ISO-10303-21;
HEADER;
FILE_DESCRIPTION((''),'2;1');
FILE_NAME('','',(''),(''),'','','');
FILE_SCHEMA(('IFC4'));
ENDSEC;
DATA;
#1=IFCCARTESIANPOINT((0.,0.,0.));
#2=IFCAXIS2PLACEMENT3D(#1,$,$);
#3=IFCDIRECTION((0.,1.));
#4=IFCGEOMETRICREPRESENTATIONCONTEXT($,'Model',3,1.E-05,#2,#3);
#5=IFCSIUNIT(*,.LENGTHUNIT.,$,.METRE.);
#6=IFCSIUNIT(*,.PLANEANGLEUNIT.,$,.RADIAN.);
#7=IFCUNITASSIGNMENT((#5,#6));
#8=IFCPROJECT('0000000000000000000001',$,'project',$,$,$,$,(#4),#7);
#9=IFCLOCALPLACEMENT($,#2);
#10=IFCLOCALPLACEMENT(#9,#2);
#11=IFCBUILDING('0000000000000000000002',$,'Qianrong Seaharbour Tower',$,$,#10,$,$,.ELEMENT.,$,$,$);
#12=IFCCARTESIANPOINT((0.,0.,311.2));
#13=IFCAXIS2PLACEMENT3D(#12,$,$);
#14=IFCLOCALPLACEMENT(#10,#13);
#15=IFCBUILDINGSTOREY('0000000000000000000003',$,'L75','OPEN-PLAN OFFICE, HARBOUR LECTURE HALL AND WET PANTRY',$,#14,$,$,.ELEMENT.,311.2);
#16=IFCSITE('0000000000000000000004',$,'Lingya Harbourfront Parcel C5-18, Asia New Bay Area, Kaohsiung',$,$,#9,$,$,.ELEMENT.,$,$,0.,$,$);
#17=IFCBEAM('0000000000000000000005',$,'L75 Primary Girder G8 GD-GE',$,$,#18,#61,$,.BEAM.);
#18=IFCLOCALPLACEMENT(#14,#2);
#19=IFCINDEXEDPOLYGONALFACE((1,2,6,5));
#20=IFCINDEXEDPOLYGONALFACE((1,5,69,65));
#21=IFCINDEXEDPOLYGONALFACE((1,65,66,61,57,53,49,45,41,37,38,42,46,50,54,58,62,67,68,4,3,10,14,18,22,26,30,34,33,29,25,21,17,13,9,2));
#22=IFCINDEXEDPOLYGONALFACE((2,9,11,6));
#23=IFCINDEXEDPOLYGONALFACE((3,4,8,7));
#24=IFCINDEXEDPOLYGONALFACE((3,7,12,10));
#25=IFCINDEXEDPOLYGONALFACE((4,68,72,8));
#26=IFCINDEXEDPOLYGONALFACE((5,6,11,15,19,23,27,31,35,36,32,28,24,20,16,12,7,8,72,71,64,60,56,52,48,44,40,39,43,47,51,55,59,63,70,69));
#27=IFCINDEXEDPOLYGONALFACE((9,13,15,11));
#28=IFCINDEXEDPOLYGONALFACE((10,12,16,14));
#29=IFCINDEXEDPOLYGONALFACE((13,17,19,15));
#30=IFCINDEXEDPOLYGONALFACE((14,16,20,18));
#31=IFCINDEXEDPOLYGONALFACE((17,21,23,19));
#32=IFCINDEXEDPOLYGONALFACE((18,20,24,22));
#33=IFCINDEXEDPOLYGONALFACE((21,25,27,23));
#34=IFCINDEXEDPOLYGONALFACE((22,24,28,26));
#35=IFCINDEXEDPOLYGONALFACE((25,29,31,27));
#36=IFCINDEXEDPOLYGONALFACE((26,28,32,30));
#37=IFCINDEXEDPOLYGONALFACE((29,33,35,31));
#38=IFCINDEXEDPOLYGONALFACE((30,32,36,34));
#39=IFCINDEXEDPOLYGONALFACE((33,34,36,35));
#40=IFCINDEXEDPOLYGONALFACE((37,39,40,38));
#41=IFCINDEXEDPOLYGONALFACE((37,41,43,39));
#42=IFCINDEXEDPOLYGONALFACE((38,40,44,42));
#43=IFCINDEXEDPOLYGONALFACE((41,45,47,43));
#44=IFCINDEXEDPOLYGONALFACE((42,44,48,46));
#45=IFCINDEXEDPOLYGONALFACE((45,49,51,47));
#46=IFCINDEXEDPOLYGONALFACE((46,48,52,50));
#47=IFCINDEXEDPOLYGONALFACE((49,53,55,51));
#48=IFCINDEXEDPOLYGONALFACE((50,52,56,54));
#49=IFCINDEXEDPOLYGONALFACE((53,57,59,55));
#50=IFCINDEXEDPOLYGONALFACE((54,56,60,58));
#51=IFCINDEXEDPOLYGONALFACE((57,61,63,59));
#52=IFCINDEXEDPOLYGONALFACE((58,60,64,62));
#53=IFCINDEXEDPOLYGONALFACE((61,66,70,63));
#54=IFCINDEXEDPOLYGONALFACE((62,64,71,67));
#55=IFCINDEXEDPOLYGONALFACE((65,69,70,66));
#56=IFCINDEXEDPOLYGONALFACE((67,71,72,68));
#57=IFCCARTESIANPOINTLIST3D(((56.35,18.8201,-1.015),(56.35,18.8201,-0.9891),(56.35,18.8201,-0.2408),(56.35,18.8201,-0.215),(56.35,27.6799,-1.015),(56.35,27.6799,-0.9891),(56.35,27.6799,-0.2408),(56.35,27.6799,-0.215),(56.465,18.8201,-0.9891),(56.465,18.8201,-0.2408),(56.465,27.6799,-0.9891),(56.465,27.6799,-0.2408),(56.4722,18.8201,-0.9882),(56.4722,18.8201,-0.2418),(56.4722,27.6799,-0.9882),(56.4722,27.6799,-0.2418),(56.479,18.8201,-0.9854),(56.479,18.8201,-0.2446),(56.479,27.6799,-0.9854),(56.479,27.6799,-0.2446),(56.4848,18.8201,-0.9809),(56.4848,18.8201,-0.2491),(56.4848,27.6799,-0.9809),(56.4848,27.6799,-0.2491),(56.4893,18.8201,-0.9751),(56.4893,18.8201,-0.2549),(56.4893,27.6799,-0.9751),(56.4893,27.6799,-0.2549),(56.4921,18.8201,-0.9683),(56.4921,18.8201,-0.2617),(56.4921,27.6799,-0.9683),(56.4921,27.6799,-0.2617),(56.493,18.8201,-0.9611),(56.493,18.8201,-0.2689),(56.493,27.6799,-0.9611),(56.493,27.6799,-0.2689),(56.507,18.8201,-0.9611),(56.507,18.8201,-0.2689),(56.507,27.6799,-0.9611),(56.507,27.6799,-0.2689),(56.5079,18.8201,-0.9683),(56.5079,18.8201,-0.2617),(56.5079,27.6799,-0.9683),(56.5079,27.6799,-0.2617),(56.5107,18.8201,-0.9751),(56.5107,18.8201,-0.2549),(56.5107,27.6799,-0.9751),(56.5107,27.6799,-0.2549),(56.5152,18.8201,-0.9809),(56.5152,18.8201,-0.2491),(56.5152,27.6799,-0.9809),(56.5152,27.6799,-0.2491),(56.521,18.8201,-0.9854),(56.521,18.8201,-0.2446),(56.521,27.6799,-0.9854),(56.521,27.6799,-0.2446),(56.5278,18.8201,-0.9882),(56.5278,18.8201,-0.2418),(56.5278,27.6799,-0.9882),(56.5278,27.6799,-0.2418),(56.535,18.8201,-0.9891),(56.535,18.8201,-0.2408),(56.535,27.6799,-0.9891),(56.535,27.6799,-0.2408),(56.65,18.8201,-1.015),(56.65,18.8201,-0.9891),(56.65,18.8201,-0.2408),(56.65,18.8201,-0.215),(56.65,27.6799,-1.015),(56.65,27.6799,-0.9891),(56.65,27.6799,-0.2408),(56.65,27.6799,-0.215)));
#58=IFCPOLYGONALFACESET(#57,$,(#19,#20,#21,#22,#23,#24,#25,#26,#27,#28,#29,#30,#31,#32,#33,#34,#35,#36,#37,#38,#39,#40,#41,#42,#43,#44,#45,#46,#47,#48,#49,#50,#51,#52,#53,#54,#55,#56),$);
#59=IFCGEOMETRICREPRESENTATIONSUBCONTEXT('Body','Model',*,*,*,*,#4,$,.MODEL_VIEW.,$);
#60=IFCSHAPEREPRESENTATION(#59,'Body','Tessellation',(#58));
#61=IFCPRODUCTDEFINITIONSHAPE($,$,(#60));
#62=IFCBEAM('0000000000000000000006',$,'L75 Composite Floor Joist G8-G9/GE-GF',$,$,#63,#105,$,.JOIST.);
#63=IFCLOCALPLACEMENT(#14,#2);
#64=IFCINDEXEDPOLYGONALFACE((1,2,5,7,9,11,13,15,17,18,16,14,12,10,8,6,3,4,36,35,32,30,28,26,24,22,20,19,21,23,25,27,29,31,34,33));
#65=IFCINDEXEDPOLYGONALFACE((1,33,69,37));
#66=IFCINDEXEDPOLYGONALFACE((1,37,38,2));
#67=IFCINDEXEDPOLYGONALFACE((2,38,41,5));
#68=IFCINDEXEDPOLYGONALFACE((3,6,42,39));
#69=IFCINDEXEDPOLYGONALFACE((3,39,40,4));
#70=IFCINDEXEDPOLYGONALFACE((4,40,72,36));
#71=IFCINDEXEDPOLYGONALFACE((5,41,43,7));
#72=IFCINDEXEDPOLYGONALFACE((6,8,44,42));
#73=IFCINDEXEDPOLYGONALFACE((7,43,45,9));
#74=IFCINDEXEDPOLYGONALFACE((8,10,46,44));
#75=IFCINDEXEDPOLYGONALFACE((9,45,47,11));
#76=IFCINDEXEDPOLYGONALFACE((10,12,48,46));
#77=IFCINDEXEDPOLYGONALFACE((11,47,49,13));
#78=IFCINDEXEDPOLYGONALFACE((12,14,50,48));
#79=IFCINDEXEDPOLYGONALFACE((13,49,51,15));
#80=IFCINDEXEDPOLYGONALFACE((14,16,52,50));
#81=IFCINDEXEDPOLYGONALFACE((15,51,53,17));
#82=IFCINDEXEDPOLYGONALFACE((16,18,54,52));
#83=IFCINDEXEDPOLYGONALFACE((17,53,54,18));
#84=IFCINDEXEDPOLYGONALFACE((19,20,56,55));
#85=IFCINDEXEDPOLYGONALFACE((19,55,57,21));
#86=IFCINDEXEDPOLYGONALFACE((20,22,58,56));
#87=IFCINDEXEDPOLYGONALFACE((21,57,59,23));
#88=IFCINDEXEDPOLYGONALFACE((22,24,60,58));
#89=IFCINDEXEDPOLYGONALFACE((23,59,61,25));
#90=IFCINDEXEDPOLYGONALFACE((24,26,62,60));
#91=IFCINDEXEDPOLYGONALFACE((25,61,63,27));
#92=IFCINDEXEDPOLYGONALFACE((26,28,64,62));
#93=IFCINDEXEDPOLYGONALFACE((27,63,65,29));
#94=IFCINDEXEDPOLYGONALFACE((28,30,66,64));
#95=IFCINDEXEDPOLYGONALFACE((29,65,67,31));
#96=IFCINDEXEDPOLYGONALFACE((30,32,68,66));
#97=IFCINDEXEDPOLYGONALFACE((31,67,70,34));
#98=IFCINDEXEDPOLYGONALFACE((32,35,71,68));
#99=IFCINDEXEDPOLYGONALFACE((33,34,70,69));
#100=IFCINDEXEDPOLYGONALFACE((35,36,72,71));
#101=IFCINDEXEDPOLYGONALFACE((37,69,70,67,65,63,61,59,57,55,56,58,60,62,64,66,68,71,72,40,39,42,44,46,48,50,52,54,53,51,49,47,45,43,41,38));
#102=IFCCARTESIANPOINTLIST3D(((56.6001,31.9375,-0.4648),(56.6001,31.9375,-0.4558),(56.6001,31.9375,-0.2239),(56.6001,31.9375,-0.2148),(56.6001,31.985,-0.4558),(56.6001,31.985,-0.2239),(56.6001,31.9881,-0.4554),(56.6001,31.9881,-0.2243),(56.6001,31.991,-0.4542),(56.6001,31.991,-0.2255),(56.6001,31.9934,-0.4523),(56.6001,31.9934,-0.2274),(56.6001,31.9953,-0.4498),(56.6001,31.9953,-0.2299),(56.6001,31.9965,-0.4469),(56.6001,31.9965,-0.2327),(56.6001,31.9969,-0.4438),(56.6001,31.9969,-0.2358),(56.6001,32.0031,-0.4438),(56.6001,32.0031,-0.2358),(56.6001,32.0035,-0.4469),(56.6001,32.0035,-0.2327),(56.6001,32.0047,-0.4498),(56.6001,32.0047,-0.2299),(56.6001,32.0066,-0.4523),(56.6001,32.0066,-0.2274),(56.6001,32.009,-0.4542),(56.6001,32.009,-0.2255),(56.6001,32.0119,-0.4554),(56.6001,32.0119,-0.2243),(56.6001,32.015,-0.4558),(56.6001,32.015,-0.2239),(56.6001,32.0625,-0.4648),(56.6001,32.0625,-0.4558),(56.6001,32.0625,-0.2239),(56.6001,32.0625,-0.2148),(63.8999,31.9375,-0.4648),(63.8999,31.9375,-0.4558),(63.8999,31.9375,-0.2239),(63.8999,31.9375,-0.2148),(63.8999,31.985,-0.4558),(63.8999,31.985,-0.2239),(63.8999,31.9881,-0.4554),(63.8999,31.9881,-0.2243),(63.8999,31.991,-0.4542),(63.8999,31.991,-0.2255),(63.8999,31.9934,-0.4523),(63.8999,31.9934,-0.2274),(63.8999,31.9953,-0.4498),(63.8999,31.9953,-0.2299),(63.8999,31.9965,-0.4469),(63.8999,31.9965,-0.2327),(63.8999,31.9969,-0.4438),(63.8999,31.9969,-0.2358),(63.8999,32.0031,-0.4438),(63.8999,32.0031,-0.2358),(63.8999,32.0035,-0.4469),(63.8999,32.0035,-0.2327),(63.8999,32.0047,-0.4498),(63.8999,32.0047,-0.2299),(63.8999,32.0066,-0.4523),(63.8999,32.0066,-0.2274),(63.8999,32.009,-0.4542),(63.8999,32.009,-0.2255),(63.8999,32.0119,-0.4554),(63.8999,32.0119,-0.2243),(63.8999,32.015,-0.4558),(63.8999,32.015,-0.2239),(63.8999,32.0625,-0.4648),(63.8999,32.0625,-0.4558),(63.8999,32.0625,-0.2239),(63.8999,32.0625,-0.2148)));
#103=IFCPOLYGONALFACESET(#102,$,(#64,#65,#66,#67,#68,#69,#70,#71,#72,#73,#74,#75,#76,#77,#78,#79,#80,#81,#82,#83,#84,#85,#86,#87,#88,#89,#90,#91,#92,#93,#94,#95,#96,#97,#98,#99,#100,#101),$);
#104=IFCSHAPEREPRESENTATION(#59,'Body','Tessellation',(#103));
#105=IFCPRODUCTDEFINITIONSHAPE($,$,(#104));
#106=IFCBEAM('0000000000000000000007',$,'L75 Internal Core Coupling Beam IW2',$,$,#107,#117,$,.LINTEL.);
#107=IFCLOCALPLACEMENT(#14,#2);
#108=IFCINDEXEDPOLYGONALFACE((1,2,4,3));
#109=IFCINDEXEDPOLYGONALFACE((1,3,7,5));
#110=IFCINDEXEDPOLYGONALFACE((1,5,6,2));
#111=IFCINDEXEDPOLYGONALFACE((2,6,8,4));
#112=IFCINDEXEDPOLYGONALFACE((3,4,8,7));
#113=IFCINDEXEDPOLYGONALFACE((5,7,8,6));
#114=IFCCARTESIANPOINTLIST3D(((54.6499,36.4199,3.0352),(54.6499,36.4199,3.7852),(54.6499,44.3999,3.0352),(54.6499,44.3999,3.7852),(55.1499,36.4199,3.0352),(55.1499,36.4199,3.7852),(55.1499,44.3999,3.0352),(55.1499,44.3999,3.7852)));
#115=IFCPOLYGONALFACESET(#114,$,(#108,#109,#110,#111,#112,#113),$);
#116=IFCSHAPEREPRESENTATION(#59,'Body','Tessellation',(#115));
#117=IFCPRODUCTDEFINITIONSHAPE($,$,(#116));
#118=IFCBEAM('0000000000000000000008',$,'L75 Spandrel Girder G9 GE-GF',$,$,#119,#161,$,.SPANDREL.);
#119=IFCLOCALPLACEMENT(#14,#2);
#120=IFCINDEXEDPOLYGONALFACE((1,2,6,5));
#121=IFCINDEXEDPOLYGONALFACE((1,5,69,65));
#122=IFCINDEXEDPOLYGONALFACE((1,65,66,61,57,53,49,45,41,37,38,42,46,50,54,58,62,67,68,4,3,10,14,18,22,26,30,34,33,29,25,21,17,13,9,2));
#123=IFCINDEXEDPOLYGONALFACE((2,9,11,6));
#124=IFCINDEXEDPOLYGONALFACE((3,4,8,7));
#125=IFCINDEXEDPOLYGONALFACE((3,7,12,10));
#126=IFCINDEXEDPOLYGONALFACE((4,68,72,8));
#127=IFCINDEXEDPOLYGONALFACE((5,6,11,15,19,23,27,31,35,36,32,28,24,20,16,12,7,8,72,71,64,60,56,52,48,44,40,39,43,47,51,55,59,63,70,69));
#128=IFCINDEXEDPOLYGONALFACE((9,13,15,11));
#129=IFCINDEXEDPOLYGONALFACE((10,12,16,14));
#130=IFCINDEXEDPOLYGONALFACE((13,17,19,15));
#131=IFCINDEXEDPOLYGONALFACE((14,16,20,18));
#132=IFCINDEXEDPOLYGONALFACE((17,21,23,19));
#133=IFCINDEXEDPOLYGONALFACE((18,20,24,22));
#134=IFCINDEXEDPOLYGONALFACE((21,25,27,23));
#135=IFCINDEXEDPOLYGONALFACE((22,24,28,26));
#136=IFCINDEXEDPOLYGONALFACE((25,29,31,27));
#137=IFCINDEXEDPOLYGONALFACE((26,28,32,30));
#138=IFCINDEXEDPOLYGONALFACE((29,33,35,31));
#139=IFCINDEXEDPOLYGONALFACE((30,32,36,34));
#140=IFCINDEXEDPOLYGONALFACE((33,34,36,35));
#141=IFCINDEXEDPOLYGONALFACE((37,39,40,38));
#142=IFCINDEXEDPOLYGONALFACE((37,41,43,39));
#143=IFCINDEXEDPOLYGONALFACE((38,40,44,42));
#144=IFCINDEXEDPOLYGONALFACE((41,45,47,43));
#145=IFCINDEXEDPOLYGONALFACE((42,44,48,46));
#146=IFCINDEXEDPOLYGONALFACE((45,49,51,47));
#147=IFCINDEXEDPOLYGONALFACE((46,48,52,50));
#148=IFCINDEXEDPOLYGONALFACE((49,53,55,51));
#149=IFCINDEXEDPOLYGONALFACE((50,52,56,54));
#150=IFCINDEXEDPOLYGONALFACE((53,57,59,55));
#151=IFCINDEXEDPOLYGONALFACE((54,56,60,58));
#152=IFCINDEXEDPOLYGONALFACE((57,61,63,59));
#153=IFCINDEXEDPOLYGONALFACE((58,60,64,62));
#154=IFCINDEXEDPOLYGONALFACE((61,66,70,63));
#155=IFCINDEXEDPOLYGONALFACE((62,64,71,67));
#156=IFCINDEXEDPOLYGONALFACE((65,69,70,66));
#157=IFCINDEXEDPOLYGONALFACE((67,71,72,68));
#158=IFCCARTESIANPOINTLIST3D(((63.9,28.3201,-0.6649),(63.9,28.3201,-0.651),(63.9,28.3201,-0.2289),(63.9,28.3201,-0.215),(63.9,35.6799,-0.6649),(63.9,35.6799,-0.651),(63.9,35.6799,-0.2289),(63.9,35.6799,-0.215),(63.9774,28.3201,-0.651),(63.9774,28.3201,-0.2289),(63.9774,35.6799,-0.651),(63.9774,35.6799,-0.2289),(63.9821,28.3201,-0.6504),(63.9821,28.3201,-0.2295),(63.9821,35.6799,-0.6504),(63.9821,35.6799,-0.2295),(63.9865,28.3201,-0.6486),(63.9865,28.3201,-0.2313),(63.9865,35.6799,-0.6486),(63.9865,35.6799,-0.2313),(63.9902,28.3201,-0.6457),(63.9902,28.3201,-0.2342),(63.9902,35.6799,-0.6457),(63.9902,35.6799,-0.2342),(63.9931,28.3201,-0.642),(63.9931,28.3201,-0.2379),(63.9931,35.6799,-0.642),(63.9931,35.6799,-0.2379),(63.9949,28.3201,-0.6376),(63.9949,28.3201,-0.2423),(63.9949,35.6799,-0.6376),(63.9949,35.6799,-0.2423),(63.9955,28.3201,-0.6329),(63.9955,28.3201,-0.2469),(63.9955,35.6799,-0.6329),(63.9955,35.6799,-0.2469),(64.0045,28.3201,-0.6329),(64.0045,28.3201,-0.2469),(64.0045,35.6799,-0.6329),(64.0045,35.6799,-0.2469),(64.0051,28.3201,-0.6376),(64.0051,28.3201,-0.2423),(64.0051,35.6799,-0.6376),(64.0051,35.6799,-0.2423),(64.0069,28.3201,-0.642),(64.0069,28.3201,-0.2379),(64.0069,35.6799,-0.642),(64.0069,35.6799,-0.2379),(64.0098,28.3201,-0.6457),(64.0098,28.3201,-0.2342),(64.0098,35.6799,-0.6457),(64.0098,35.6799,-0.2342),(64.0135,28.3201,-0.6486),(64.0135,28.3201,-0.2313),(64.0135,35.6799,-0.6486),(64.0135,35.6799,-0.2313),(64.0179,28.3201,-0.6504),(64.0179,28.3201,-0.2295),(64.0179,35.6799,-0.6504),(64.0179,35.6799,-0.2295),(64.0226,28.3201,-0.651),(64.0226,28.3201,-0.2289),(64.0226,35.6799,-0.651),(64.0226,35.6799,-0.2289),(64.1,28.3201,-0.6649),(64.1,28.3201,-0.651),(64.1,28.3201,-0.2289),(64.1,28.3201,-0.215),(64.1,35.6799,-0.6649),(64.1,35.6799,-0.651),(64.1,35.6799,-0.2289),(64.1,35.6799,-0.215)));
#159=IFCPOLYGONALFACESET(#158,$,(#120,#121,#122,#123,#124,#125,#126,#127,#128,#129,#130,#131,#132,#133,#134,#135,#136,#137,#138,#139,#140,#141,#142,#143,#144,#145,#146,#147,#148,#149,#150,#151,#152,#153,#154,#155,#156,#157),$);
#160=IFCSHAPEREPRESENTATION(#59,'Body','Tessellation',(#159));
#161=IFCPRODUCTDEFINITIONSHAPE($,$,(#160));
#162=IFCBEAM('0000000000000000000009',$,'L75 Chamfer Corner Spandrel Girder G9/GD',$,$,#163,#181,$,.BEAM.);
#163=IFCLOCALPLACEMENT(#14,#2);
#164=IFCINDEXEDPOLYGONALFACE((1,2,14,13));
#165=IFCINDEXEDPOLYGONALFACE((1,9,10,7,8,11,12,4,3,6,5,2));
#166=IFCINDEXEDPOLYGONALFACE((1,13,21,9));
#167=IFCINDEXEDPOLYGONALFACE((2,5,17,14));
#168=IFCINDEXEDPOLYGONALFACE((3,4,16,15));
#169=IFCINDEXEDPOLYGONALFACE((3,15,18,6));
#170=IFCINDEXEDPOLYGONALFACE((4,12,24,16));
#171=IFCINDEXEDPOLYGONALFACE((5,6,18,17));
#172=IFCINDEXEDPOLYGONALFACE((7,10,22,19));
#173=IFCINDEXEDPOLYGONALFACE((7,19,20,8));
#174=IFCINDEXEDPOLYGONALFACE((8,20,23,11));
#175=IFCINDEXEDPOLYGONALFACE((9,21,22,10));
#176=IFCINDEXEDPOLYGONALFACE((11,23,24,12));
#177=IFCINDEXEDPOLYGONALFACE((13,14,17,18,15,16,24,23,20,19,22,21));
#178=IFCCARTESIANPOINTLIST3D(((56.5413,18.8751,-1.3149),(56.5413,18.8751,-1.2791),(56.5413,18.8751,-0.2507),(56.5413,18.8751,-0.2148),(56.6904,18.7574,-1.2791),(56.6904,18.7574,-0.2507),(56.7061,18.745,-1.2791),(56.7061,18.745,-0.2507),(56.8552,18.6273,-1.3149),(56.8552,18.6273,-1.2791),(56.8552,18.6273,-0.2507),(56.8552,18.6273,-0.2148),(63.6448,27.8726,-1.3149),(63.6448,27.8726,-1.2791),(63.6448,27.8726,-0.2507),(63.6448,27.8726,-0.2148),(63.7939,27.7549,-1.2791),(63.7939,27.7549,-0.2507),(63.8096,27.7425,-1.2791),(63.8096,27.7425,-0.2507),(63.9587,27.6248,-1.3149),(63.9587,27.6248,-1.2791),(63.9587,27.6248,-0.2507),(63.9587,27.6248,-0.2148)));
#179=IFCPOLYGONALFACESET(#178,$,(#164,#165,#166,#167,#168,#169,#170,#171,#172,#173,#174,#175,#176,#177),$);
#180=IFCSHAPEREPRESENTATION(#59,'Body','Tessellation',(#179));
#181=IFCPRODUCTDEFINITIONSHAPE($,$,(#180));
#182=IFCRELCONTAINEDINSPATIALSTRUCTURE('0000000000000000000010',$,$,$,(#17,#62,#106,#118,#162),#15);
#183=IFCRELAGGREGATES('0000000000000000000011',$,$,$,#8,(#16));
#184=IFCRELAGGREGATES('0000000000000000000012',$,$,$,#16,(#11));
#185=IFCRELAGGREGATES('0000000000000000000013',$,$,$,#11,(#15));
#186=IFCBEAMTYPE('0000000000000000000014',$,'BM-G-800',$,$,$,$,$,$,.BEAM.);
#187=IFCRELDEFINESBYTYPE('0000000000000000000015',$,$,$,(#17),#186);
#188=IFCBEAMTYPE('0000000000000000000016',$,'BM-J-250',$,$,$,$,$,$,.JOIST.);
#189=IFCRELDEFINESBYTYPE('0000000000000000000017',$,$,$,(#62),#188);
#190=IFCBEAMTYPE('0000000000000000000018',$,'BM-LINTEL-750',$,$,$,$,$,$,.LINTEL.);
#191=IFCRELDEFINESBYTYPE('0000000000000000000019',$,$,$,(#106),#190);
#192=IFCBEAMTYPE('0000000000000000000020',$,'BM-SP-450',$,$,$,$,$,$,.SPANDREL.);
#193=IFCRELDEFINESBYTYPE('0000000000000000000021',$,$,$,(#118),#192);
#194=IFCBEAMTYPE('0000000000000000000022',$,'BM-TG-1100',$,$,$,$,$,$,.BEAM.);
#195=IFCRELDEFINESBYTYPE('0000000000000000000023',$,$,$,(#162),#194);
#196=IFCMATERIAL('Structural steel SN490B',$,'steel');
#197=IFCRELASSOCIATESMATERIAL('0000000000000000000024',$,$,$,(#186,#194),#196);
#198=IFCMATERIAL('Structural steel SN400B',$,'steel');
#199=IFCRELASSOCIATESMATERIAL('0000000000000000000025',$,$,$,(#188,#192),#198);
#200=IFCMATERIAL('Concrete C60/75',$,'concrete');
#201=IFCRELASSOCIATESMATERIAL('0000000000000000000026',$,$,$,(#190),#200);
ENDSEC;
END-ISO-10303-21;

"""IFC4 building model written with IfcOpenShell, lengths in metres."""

from ifc_helpers import new_model, si_unit, direction, frame, origin, origin_2d, place, context, subcontext, project, spatial, rectangle, i_section, extrude, material, material_profile, profile_set, type_object, element, save


model = new_model("IFC4")

# Units and contexts
model_context = context("Model", 3, precision=1e-05, world=origin(), true_north=direction((0.0, 1.0)))
body_context = subcontext(model_context, "Body", "Model", "MODEL_VIEW")
ifc_project = project(units=[si_unit("LENGTHUNIT", "METRE"), si_unit("PLANEANGLEUNIT", "RADIAN")], contexts=[model_context])

# Site, building, storey
site_placement = place(None, origin())
site = spatial("IfcSite", under=ifc_project, at=site_placement, Name="Lingya Harbourfront Parcel C5-18, Asia New Bay Area, Kaohsiung", CompositionType="ELEMENT", RefElevation=0.0)
building_placement = place(site_placement, origin())
building = spatial("IfcBuilding", under=site, at=building_placement, Name="Qianrong Seaharbour Tower", CompositionType="ELEMENT")
storey_placement = place(building_placement, frame((0.0, 0.0, 311.2)))
storey = spatial("IfcBuildingStorey", under=building, at=storey_placement, Name="L75", Description="OPEN-PLAN OFFICE, HARBOUR LECTURE HALL AND WET PANTRY", CompositionType="ELEMENT", Elevation=311.2)

# Shared definitions
ifc_material_1 = material(Name="Structural steel SN490B", Category="steel")
ifc_material_2 = material(Name="Structural steel SN400B", Category="steel")

# Beams
ifc_material_profile_1 = material_profile(ifc_material_1, i_section(OverallWidth=0.3, OverallDepth=0.8, WebThickness=0.0139, FlangeThickness=0.0259, FilletRadius=0.0281, at=origin_2d()), Name="H800x300x14x26")
ifc_profile_set_1 = profile_set([ifc_material_profile_1], Name="Structural steel SN490B")
beam_type_1 = type_object("IfcBeamType", Name="BM-G-800", PredefinedType="BEAM", material=ifc_profile_set_1)
beam_1_placement = place(storey_placement, frame((56.5, 18.8201, -0.615), z_axis=(0.0, 1.0, 0.0), x_axis=(-1.0, 0.0, 0.0)))
element("IfcBeam", 1, at=beam_1_placement, inside=storey, type_object=beam_type_1, Name="L75 Primary Girder G8 GD-GE", PredefinedType="BEAM", context=body_context, shape_type="SweptSolid", body=[
    extrude(i_section(OverallWidth=0.3, OverallDepth=0.8, WebThickness=0.0139, FlangeThickness=0.0259, FilletRadius=0.0281, at=origin_2d()), origin(), (0.0, 0.0, 1.0), 8.8599),
])
ifc_material_profile_2 = material_profile(ifc_material_2, i_section(OverallWidth=0.125, OverallDepth=0.25, WebThickness=0.0061, FlangeThickness=0.009, FilletRadius=0.012, at=origin_2d()), Name="H250x125x6x9")
ifc_profile_set_2 = profile_set([ifc_material_profile_2], Name="Structural steel SN400B")
beam_type_2 = type_object("IfcBeamType", Name="BM-J-250", PredefinedType="JOIST", material=ifc_profile_set_2)
beam_2_placement = place(storey_placement, frame((56.6001, 32.0, -0.3398), z_axis=(1.0, 0.0, 0.0), x_axis=(0.0, 1.0, 0.0)))
element("IfcBeam", 2, at=beam_2_placement, inside=storey, type_object=beam_type_2, Name="L75 Composite Floor Joist G8-G9/GE-GF", PredefinedType="JOIST", context=body_context, shape_type="SweptSolid", body=[
    extrude(i_section(OverallWidth=0.125, OverallDepth=0.25, WebThickness=0.0061, FlangeThickness=0.009, FilletRadius=0.012, at=origin_2d()), origin(), (0.0, 0.0, 1.0), 7.2998),
])
ifc_material_3 = material(Name="Concrete C60/75", Category="concrete")
ifc_material_profile_3 = material_profile(ifc_material_3, rectangle(XDim=0.5, YDim=0.75, at=origin_2d()), Name="RC500x750")
ifc_profile_set_3 = profile_set([ifc_material_profile_3], Name="Concrete C60/75")
beam_type_3 = type_object("IfcBeamType", Name="BM-LINTEL-750", PredefinedType="LINTEL", material=ifc_profile_set_3)
beam_3_placement = place(storey_placement, frame((54.8999, 36.4199, 3.4102), z_axis=(0.0, 1.0, 0.0), x_axis=(-1.0, 0.0, 0.0)))
element("IfcBeam", 3, at=beam_3_placement, inside=storey, type_object=beam_type_3, Name="L75 Internal Core Coupling Beam IW2", PredefinedType="LINTEL", context=body_context, shape_type="SweptSolid", body=[
    extrude(rectangle(XDim=0.5, YDim=0.75, at=origin_2d()), origin(), (0.0, 0.0, 1.0), 7.98),
])
ifc_material_profile_4 = material_profile(ifc_material_2, i_section(OverallWidth=0.2, OverallDepth=0.45, WebThickness=0.009, FlangeThickness=0.0139, FilletRadius=0.0181, at=origin_2d()), Name="H450x200x9x14")
ifc_profile_set_4 = profile_set([ifc_material_profile_4], Name="Structural steel SN400B")
beam_type_4 = type_object("IfcBeamType", Name="BM-SP-450", PredefinedType="SPANDREL", material=ifc_profile_set_4)
beam_4_placement = place(storey_placement, frame((64.0, 28.3201, -0.4399), z_axis=(0.0, 1.0, 0.0), x_axis=(-1.0, 0.0, 0.0)))
element("IfcBeam", 4, at=beam_4_placement, inside=storey, type_object=beam_type_4, Name="L75 Spandrel Girder G9 GE-GF", PredefinedType="SPANDREL", context=body_context, shape_type="SweptSolid", body=[
    extrude(i_section(OverallWidth=0.2, OverallDepth=0.45, WebThickness=0.009, FlangeThickness=0.0139, FilletRadius=0.0181, at=origin_2d()), origin(), (0.0, 0.0, 1.0), 7.3599),
])
ifc_material_profile_5 = material_profile(ifc_material_1, i_section(OverallWidth=0.3999, OverallDepth=1.1001, WebThickness=0.02, FlangeThickness=0.0359, at=origin_2d()), Name="BH1100x400x20x36")
ifc_profile_set_5 = profile_set([ifc_material_profile_5], Name="Structural steel SN490B")
beam_type_5 = type_object("IfcBeamType", Name="BM-TG-1100", PredefinedType="BEAM", material=ifc_profile_set_5)
beam_5_placement = place(storey_placement, frame((56.6982, 18.7512, -0.7649), z_axis=(0.619654, 0.784875, 0.0), x_axis=(-0.784875, 0.619654, 0.0)))
element("IfcBeam", 5, at=beam_5_placement, inside=storey, type_object=beam_type_5, Name="L75 Chamfer Corner Spandrel Girder G9/GD", PredefinedType="BEAM", context=body_context, shape_type="SweptSolid", body=[
    extrude(i_section(OverallWidth=0.3999, OverallDepth=1.1001, WebThickness=0.02, FlangeThickness=0.0359, at=origin_2d()), origin(), (0.0, 0.0, 1.0), 11.4636),
])

save(model, "model.ifc")
